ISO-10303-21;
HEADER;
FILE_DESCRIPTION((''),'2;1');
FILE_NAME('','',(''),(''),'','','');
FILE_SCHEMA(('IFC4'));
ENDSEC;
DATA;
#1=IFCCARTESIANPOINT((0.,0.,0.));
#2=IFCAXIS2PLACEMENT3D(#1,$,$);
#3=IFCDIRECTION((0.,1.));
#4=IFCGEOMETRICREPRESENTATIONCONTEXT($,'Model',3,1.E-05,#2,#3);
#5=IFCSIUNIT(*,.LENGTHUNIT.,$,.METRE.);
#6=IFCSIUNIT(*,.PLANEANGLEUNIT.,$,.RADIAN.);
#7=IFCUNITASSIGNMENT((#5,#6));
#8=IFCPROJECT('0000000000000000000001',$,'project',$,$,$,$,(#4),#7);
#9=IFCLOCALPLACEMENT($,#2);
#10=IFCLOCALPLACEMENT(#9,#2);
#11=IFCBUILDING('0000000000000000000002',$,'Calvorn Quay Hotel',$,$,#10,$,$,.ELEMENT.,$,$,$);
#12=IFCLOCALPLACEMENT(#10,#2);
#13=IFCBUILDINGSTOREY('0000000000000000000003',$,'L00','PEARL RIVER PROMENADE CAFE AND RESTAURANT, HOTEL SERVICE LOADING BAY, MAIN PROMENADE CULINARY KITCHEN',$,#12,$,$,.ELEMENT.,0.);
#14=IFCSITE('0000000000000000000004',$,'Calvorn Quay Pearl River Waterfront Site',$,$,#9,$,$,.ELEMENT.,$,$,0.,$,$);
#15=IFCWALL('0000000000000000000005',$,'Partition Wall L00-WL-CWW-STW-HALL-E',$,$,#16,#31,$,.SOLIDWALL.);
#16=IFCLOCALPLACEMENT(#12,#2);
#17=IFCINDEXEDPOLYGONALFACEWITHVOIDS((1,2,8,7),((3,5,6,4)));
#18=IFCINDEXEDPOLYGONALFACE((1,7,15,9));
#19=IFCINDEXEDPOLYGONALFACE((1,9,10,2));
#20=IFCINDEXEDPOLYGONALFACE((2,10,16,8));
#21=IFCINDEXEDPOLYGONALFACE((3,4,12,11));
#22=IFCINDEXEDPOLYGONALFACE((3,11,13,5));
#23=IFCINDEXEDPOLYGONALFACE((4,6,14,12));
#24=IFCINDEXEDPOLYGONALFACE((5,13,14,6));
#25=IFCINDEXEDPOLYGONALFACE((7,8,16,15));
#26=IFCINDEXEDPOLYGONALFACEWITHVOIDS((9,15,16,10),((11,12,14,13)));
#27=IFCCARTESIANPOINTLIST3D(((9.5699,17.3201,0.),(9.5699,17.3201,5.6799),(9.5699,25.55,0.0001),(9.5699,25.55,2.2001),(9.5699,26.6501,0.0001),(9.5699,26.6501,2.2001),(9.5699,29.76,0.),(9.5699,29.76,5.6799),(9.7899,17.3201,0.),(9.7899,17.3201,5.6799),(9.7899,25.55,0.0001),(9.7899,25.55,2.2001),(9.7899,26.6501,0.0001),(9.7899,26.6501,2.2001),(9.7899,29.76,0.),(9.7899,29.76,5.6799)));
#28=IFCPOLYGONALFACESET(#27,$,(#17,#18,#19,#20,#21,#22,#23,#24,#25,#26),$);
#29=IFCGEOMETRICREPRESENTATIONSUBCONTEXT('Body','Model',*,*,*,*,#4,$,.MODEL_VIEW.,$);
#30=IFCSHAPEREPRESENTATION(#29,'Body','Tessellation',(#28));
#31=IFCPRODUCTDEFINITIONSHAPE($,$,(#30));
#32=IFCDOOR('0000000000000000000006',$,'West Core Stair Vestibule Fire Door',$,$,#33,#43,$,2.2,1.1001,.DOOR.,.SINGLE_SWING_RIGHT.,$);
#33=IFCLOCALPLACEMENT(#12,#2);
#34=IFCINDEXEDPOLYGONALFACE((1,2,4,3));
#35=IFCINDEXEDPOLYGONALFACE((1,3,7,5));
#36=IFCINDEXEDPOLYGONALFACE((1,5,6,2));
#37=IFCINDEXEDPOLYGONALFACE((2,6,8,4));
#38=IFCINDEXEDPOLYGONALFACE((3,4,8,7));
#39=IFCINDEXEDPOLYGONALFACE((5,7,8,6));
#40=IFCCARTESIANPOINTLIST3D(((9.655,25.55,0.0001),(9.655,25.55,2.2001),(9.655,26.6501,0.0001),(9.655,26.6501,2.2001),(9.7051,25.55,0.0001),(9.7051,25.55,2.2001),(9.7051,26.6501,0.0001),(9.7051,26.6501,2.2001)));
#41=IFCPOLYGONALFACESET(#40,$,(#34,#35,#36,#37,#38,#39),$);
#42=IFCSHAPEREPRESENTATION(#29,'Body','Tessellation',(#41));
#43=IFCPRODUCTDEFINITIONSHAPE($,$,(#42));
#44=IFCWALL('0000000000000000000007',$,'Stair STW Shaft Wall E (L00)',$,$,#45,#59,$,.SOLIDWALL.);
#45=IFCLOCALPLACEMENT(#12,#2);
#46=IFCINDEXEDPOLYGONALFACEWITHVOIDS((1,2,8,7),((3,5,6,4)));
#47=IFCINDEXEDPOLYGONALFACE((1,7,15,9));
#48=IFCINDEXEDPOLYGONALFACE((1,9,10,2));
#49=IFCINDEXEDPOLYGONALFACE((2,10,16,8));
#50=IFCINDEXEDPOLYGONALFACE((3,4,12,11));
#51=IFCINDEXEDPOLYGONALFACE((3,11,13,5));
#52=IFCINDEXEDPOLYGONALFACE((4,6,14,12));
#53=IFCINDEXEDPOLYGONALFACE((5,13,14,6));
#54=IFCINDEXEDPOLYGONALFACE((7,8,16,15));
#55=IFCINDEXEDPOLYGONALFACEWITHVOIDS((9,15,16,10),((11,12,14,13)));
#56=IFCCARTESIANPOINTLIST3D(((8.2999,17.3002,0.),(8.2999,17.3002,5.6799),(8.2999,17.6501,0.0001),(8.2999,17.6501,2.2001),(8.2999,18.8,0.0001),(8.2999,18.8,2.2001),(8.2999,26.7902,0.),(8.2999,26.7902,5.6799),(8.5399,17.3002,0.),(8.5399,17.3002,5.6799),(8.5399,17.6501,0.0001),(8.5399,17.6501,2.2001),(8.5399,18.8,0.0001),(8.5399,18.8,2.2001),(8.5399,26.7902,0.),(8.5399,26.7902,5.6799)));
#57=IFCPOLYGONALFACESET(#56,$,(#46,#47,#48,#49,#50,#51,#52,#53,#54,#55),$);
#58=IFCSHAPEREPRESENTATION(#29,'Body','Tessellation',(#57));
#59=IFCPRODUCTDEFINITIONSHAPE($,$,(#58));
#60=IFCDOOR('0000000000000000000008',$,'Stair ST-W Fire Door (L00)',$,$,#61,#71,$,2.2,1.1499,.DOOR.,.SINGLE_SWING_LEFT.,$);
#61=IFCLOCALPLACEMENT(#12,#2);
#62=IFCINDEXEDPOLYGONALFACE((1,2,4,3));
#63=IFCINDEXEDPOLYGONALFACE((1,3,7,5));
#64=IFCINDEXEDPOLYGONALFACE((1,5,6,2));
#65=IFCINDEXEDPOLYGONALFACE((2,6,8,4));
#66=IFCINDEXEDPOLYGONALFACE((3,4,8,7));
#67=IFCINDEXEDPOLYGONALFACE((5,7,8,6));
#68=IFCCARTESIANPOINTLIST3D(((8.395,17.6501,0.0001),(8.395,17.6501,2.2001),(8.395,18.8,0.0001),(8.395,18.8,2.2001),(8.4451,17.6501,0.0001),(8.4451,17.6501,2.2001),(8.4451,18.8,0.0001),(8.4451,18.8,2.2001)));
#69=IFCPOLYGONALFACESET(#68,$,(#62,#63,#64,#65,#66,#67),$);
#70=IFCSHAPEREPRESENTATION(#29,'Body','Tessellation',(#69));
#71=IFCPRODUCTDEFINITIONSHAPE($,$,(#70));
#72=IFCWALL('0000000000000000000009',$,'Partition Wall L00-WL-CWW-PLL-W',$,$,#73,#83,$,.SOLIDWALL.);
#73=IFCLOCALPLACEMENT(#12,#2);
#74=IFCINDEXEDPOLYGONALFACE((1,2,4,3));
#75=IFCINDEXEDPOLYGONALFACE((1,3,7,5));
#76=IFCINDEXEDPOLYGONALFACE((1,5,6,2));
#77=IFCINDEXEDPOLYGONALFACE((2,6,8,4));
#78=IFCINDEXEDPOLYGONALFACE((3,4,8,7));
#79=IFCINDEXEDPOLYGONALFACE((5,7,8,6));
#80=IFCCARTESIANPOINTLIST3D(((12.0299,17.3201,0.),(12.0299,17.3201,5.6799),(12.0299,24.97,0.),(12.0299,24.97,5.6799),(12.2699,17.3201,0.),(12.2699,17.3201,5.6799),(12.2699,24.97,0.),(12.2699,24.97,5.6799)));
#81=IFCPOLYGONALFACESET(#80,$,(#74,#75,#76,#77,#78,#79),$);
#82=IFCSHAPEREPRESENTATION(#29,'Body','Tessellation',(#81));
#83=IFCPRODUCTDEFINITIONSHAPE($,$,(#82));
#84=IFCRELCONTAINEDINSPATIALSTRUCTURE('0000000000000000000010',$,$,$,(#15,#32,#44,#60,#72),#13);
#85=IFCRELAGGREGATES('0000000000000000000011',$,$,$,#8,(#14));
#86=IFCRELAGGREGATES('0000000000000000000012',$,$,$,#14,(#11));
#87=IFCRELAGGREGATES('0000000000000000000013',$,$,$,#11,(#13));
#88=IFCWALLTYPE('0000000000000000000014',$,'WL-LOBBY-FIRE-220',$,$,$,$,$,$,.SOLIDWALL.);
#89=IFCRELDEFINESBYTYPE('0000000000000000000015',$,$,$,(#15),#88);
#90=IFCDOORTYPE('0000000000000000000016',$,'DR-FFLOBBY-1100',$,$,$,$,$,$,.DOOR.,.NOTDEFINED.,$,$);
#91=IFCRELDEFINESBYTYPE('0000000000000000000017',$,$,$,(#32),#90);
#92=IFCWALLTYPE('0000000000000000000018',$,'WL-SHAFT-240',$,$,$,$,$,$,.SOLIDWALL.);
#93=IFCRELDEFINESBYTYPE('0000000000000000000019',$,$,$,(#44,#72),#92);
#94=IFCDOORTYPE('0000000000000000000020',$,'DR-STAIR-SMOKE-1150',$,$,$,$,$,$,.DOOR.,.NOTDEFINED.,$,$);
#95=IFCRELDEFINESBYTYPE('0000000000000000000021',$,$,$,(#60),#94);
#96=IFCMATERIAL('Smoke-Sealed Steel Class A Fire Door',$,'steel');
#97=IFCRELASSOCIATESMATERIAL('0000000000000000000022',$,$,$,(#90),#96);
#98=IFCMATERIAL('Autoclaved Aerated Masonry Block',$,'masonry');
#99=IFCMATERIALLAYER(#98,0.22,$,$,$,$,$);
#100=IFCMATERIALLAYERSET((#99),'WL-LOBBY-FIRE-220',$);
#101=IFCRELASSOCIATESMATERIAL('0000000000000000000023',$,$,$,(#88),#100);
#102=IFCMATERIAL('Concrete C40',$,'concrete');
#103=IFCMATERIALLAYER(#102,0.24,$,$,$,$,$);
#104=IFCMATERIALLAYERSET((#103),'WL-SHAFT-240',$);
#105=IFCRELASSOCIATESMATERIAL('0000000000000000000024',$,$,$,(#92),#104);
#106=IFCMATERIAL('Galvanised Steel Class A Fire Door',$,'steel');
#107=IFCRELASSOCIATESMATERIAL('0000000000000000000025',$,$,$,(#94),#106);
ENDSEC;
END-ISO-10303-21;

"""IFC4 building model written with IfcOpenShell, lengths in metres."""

from ifc_helpers import new_model, si_unit, direction, frame, frame_2d, origin, place, context, subcontext, project, spatial, rectangle, extrude, material, layer, layer_set, type_object, element, fill, save


model = new_model("IFC4")

# Units and contexts
model_context = context("Model", 3, precision=1e-05, world=origin(), true_north=direction((0.0, 1.0)))
body_context = subcontext(model_context, "Body", "Model", "MODEL_VIEW")
ifc_project = project(units=[si_unit("LENGTHUNIT", "METRE"), si_unit("PLANEANGLEUNIT", "RADIAN")], contexts=[model_context])

# Site, building, storey
site_placement = place(None, origin())
site = spatial("IfcSite", under=ifc_project, at=site_placement, Name="Calvorn Quay Pearl River Waterfront Site", CompositionType="ELEMENT", RefElevation=0.0)
building_placement = place(site_placement, origin())
building = spatial("IfcBuilding", under=site, at=building_placement, Name="Calvorn Quay Hotel", CompositionType="ELEMENT")
storey_placement = place(building_placement, origin())
storey = spatial("IfcBuildingStorey", under=building, at=storey_placement, Name="L00", Description="PEARL RIVER PROMENADE CAFE AND RESTAURANT, HOTEL SERVICE LOADING BAY, MAIN PROMENADE CULINARY KITCHEN", CompositionType="ELEMENT", Elevation=0.0)

# Shared definitions
ifc_material_1 = material(Name="Smoke-Sealed Steel Class A Fire Door", Category="steel")
door_type_1 = type_object("IfcDoorType", Name="DR-FFLOBBY-1100", OperationType="NOTDEFINED", PredefinedType="DOOR", material=ifc_material_1)

# Walls, openings, doors
ifc_material_2 = material(Name="Autoclaved Aerated Masonry Block", Category="masonry")
ifc_layer_1 = layer(ifc_material_2, 0.22)
ifc_layer_set_1 = layer_set([ifc_layer_1], Name="WL-LOBBY-FIRE-220")
wall_type_1 = type_object("IfcWallType", Name="WL-LOBBY-FIRE-220", PredefinedType="SOLIDWALL", material=ifc_layer_set_1)
wall_1_placement = place(storey_placement, frame((9.6799, 17.3201, 0.0), z_axis=(0.0, 0.0, 1.0), x_axis=(0.0, 1.0, 0.0)))
wall_1 = element("IfcWall", 1, at=wall_1_placement, inside=storey, type_object=wall_type_1, Name="Partition Wall L00-WL-CWW-STW-HALL-E", PredefinedType="SOLIDWALL", context=body_context, shape_type="SweptSolid", body=[
    extrude(rectangle(XDim=12.4399, YDim=0.22, at=frame_2d((6.22, 0.0))), origin(), (0.0, 0.0, 1.0), 5.6799),
])
opening_1_placement = place(wall_1_placement, frame((8.23, 0.0, 0.0)))
opening_1 = element("IfcOpeningElement", 2, at=opening_1_placement, cuts=wall_1, PredefinedType="OPENING", context=body_context, shape_type="SweptSolid", body=[
    extrude(rectangle(XDim=1.1001, YDim=2.2, at=frame_2d((0.55, 1.1001))), frame((0.0, 0.1199, 0.0), z_axis=(0.0, -1.0, 0.0), x_axis=(1.0, 0.0, 0.0)), (0.0, 0.0, 1.0), 0.24),
])
door_1_placement = place(opening_1_placement, origin())
door_1 = element("IfcDoor", 3, at=door_1_placement, inside=storey, type_object=door_type_1, Name="West Core Stair Vestibule Fire Door", OperationType="SINGLE_SWING_RIGHT", OverallHeight=2.2, OverallWidth=1.1001, PredefinedType="DOOR", context=body_context, shape_type="SweptSolid", body=[
    extrude(rectangle(XDim=1.1001, YDim=2.2, at=frame_2d((0.55, 1.1001))), frame((0.0, 0.0249, 0.0), z_axis=(0.0, -1.0, 0.0), x_axis=(1.0, 0.0, 0.0)), (0.0, 0.0, 1.0), 0.05),
])
fill(opening_1, door_1)
ifc_material_3 = material(Name="Concrete C40", Category="concrete")
ifc_layer_2 = layer(ifc_material_3, 0.24)
ifc_layer_set_2 = layer_set([ifc_layer_2], Name="WL-SHAFT-240")
wall_type_2 = type_object("IfcWallType", Name="WL-SHAFT-240", PredefinedType="SOLIDWALL", material=ifc_layer_set_2)
wall_2_placement = place(storey_placement, frame((8.4199, 17.3, 0.0), z_axis=(0.0, 0.0, 1.0), x_axis=(0.0, 1.0, 0.0)))
wall_2 = element("IfcWall", 4, at=wall_2_placement, inside=storey, type_object=wall_type_2, Name="Stair STW Shaft Wall E (L00)", PredefinedType="SOLIDWALL", context=body_context, shape_type="SweptSolid", body=[
    extrude(rectangle(XDim=9.49, YDim=0.24, at=frame_2d((4.7451, 0.0))), origin(), (0.0, 0.0, 1.0), 5.6799),
])
opening_2_placement = place(wall_2_placement, frame((0.3501, 0.0, 0.0)))
opening_2 = element("IfcOpeningElement", 5, at=opening_2_placement, cuts=wall_2, PredefinedType="OPENING", context=body_context, shape_type="SweptSolid", body=[
    extrude(rectangle(XDim=1.1499, YDim=2.2, at=frame_2d((0.575, 1.1001))), frame((0.0, 0.1299, 0.0), z_axis=(0.0, -1.0, 0.0), x_axis=(1.0, 0.0, 0.0)), (0.0, 0.0, 1.0), 0.26),
])
ifc_material_4 = material(Name="Galvanised Steel Class A Fire Door", Category="steel")
door_type_2 = type_object("IfcDoorType", Name="DR-STAIR-SMOKE-1150", OperationType="NOTDEFINED", PredefinedType="DOOR", material=ifc_material_4)
door_2_placement = place(opening_2_placement, origin())
door_2 = element("IfcDoor", 6, at=door_2_placement, inside=storey, type_object=door_type_2, Name="Stair ST-W Fire Door (L00)", OperationType="SINGLE_SWING_LEFT", OverallHeight=2.2, OverallWidth=1.1499, PredefinedType="DOOR", context=body_context, shape_type="SweptSolid", body=[
    extrude(rectangle(XDim=1.1499, YDim=2.2, at=frame_2d((0.575, 1.1001))), frame((0.0, 0.0249, 0.0), z_axis=(0.0, -1.0, 0.0), x_axis=(1.0, 0.0, 0.0)), (0.0, 0.0, 1.0), 0.05),
])
fill(opening_2, door_2)

# Wall
wall_3_placement = place(storey_placement, frame((12.1499, 17.3201, 0.0), z_axis=(0.0, 0.0, 1.0), x_axis=(0.0, 1.0, 0.0)))
element("IfcWall", 7, at=wall_3_placement, inside=storey, type_object=wall_type_2, Name="Partition Wall L00-WL-CWW-PLL-W", PredefinedType="SOLIDWALL", context=body_context, shape_type="SweptSolid", body=[
    extrude(rectangle(XDim=7.6499, YDim=0.24, at=frame_2d((3.825, 0.0))), origin(), (0.0, 0.0, 1.0), 5.6799),
])

save(model, "model.ifc")
